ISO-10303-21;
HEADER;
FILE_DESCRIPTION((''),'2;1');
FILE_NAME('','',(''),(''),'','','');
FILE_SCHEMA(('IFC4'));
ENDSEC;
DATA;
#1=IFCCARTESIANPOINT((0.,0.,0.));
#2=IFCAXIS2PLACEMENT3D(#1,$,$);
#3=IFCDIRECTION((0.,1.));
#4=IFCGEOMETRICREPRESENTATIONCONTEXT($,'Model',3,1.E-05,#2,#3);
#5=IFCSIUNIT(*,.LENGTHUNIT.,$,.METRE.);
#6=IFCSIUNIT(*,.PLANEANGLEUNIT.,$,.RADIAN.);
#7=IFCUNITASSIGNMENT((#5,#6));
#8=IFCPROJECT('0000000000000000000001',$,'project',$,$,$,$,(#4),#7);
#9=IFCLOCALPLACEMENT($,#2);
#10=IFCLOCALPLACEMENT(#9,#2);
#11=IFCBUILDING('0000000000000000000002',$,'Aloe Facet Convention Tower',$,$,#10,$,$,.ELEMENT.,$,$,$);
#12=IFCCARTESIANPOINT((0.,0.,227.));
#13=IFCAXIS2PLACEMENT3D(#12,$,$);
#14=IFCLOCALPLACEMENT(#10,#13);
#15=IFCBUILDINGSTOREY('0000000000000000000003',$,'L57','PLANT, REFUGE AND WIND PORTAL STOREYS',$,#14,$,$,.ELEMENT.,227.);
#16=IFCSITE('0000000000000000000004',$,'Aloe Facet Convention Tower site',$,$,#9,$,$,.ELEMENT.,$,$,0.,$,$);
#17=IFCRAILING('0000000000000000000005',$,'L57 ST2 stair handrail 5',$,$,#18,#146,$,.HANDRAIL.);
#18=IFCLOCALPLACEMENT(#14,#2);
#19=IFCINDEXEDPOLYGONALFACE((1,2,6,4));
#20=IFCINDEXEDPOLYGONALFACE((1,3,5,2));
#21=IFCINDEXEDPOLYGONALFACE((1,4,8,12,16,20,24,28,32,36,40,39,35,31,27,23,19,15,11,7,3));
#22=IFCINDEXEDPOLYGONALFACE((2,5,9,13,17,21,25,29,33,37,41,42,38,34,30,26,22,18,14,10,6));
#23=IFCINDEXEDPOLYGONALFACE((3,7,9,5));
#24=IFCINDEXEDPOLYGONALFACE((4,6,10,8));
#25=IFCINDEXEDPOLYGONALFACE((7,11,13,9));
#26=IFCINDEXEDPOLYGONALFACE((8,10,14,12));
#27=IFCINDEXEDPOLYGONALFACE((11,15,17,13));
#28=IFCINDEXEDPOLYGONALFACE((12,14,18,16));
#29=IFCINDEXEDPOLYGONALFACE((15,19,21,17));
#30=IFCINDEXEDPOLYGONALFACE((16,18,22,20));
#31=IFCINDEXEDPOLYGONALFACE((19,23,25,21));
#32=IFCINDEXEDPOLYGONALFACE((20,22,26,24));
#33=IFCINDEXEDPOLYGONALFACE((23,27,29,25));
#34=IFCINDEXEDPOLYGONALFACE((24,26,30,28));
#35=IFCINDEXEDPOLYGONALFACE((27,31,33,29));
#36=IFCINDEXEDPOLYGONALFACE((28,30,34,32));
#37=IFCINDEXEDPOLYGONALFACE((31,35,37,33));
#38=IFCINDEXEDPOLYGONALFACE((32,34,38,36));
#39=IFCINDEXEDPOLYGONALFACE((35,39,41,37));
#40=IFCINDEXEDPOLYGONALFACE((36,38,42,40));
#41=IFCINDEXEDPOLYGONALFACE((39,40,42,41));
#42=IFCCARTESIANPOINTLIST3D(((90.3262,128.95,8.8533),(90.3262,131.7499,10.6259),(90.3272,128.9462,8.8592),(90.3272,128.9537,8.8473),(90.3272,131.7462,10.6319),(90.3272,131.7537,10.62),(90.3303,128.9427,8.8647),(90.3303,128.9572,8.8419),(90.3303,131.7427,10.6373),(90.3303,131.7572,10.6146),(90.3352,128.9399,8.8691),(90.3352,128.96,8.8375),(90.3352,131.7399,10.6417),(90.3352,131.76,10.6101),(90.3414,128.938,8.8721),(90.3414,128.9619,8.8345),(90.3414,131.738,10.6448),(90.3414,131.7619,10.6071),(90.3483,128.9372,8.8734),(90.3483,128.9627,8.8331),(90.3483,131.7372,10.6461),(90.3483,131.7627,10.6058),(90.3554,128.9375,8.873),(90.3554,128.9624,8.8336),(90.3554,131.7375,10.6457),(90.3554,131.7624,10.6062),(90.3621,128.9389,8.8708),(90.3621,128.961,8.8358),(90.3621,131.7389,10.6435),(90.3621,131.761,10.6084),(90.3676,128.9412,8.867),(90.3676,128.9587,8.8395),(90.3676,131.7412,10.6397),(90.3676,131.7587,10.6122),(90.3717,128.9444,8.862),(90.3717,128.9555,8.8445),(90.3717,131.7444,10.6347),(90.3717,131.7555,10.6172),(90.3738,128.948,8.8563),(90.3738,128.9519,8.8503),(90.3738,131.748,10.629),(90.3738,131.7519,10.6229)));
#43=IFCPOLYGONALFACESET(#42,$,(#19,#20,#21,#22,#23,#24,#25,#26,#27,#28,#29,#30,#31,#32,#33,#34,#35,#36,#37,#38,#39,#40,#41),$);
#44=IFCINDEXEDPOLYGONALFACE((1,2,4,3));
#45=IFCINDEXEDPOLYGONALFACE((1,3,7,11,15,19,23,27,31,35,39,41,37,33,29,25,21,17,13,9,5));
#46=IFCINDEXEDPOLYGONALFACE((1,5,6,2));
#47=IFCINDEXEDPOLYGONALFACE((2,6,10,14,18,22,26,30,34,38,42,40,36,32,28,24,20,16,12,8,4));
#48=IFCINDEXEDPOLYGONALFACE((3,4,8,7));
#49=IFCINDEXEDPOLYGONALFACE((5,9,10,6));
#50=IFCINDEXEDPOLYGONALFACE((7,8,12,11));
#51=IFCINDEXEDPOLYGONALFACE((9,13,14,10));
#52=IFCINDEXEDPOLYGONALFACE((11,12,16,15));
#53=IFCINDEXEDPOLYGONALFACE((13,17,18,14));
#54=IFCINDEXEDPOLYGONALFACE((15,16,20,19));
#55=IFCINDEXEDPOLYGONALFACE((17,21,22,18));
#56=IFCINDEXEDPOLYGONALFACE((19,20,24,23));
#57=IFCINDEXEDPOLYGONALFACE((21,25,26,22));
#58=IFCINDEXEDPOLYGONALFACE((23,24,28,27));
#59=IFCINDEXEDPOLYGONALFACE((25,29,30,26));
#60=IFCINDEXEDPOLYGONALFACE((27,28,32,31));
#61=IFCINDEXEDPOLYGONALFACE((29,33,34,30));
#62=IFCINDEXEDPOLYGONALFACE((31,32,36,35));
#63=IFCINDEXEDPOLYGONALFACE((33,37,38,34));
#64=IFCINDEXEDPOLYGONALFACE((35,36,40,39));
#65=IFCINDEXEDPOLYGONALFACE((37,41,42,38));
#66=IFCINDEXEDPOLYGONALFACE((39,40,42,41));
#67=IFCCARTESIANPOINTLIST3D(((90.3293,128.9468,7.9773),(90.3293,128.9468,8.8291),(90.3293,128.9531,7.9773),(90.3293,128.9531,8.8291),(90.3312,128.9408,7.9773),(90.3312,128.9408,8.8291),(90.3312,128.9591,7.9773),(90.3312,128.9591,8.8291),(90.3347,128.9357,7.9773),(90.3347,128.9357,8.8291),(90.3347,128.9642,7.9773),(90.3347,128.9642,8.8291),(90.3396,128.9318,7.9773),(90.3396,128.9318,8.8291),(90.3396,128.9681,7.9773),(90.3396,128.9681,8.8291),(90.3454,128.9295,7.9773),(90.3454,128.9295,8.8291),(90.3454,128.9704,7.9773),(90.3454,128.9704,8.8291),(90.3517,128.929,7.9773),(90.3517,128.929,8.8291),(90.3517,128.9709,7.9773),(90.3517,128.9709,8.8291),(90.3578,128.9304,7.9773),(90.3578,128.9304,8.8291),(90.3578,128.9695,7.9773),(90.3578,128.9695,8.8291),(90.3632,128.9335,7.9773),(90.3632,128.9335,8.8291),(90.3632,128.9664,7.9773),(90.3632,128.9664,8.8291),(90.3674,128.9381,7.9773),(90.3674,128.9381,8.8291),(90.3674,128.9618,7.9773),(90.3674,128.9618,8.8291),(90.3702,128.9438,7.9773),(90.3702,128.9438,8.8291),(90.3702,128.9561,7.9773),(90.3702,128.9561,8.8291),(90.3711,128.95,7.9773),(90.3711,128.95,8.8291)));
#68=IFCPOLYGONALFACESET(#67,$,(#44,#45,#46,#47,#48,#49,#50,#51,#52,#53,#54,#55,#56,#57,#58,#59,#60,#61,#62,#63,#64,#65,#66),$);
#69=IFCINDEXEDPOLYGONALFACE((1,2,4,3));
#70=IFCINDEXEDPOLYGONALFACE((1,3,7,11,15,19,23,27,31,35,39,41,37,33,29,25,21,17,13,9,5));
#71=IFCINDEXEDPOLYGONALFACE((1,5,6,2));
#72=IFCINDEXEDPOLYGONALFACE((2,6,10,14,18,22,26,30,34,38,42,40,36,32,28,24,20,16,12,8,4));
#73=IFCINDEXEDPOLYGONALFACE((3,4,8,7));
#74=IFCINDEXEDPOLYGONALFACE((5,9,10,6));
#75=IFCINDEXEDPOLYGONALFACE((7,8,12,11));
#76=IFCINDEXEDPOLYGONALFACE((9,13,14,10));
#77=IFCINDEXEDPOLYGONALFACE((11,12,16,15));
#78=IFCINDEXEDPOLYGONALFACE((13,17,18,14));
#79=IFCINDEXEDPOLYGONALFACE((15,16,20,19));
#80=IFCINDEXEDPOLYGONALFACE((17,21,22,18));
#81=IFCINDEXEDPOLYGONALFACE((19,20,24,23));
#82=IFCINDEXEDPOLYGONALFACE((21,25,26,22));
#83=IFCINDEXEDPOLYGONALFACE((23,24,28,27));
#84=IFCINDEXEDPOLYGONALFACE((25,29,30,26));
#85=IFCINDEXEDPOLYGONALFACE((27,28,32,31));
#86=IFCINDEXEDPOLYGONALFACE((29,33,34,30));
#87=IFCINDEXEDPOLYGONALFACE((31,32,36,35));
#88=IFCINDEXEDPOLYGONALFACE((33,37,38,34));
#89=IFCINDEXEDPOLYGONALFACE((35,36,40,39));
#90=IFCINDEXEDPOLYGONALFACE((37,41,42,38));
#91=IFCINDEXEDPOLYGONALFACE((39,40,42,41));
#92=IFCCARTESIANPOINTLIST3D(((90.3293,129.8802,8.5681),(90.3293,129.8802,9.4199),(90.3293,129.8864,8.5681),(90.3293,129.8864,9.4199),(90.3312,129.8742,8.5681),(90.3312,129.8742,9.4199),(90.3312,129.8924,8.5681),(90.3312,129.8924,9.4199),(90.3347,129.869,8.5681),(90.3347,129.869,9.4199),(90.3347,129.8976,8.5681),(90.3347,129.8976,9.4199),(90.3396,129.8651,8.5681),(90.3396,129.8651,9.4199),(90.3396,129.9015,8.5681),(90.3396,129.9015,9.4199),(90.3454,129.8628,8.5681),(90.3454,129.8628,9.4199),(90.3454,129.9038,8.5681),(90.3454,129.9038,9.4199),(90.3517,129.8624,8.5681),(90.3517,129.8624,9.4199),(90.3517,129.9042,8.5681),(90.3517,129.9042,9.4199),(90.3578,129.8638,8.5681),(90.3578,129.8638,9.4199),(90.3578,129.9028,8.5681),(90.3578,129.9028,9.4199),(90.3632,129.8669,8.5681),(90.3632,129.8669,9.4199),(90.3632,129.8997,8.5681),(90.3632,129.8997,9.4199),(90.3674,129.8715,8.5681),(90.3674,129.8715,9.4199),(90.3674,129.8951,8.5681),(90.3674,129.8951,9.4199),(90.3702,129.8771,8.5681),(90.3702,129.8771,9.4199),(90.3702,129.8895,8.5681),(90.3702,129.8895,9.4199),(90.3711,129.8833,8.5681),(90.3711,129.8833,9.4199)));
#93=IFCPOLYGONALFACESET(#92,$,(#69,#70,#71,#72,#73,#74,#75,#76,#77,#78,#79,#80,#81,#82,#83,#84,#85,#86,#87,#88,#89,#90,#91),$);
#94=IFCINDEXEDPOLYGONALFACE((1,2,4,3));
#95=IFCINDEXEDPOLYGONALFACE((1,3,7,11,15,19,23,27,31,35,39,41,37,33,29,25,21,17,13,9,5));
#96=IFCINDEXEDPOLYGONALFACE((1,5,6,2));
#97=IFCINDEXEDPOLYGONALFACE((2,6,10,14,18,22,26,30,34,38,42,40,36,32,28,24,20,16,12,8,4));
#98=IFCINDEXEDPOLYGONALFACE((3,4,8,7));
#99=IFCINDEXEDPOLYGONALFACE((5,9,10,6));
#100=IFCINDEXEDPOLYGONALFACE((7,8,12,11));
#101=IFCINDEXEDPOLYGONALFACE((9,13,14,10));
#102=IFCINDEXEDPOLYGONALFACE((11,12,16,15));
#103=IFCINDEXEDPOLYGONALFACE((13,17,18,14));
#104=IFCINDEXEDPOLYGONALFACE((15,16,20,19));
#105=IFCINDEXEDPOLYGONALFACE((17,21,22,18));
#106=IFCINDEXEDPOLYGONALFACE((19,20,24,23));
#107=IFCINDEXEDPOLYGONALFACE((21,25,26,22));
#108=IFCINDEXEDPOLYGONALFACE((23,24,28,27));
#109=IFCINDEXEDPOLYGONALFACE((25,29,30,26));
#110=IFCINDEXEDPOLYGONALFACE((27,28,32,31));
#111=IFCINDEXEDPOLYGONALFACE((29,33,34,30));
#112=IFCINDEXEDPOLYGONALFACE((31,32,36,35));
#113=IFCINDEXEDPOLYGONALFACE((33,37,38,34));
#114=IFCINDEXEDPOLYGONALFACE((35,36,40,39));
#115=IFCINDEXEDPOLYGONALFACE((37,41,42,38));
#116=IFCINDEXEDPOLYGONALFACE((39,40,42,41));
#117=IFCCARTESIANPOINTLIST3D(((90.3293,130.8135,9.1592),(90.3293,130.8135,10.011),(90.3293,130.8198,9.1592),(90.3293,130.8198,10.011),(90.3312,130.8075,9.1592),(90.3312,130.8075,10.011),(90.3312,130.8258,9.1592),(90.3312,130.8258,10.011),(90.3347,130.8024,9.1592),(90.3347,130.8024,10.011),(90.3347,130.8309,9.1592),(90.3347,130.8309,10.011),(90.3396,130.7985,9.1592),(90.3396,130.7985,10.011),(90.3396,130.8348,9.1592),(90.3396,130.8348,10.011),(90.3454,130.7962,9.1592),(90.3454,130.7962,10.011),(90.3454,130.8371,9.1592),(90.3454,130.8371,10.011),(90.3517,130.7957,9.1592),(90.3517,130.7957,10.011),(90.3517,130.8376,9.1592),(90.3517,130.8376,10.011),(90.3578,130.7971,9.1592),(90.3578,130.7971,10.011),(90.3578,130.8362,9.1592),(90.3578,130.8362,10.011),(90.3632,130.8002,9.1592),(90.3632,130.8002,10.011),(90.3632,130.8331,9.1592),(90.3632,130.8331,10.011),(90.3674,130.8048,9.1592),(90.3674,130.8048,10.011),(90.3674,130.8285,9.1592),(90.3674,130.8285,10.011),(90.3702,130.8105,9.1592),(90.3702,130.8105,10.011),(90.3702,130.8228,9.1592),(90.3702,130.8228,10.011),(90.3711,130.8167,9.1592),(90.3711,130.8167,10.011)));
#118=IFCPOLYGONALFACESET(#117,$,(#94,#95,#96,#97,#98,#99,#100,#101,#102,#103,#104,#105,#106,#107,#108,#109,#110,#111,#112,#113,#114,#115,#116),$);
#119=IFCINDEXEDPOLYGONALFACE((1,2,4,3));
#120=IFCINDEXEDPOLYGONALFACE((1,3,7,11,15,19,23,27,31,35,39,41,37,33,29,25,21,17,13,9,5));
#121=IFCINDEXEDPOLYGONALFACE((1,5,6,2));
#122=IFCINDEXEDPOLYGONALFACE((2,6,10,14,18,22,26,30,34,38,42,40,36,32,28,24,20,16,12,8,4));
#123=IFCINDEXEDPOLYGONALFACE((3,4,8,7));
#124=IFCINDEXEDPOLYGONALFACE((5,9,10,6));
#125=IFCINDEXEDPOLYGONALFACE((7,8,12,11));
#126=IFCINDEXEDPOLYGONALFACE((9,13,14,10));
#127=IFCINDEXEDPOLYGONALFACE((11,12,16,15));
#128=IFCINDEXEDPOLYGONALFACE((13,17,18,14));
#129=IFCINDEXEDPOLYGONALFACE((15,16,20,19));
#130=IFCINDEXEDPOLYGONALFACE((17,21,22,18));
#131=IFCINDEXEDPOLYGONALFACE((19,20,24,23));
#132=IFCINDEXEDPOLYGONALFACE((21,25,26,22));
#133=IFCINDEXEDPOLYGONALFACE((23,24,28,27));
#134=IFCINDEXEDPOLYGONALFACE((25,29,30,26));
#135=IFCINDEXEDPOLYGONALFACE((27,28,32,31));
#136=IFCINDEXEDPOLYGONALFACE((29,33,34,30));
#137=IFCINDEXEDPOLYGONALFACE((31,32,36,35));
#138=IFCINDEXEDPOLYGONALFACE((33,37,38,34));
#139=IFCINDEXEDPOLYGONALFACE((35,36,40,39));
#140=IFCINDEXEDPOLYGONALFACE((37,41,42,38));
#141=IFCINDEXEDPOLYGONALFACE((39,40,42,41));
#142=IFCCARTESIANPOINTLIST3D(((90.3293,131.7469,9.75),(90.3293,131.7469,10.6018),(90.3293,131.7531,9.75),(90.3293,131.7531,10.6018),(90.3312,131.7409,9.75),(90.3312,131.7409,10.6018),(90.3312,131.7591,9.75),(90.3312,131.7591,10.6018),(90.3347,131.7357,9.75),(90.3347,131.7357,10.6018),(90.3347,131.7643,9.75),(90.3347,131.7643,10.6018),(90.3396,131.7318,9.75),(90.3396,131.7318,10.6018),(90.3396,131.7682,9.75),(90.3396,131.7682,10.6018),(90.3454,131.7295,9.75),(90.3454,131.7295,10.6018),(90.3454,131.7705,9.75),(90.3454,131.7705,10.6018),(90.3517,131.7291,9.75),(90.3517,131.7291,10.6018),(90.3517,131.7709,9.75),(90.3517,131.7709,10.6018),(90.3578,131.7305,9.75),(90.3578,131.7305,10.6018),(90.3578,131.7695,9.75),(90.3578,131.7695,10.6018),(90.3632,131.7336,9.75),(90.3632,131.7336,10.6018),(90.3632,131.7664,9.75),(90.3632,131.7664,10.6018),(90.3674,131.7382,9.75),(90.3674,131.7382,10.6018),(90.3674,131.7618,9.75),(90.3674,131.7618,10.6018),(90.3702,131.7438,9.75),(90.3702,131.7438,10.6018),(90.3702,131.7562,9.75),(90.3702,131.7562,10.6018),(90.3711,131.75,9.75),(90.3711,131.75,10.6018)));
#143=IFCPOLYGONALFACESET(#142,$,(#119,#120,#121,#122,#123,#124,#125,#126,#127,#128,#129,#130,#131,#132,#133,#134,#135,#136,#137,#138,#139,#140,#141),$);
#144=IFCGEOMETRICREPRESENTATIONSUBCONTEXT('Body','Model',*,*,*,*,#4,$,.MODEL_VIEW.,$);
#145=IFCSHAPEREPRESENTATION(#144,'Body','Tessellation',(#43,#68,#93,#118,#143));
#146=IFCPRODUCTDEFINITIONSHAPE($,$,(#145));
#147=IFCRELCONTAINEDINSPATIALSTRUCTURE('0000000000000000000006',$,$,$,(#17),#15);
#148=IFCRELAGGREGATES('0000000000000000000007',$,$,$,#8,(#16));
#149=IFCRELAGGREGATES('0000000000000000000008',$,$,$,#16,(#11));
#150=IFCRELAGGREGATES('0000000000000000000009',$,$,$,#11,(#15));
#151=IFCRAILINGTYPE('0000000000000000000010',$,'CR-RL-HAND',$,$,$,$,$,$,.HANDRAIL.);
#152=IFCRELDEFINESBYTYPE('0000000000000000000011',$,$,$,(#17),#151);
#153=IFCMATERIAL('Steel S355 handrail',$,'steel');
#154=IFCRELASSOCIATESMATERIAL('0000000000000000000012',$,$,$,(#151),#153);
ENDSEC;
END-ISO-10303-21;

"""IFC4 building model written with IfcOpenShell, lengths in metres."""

from ifc_helpers import new_model, si_unit, direction, frame, origin, origin_2d, place, context, subcontext, project, spatial, circle, extrude, material, type_object, element, save


model = new_model("IFC4")

# Units and contexts
model_context = context("Model", 3, precision=1e-05, world=origin(), true_north=direction((0.0, 1.0)))
body_context = subcontext(model_context, "Body", "Model", "MODEL_VIEW")
ifc_project = project(units=[si_unit("LENGTHUNIT", "METRE"), si_unit("PLANEANGLEUNIT", "RADIAN")], contexts=[model_context])

# Site, building, storey
site_placement = place(None, origin())
site = spatial("IfcSite", under=ifc_project, at=site_placement, Name="Aloe Facet Convention Tower site", CompositionType="ELEMENT", RefElevation=0.0)
building_placement = place(site_placement, origin())
building = spatial("IfcBuilding", under=site, at=building_placement, Name="Aloe Facet Convention Tower", CompositionType="ELEMENT")
storey_placement = place(building_placement, frame((0.0, 0.0, 227.0)))
storey = spatial("IfcBuildingStorey", under=building, at=storey_placement, Name="L57", Description="PLANT, REFUGE AND WIND PORTAL STOREYS", CompositionType="ELEMENT", Elevation=227.0)

# Railing
ifc_material_1 = material(Name="Steel S355 handrail", Category="steel")
railing_type_1 = type_object("IfcRailingType", Name="CR-RL-HAND", PredefinedType="HANDRAIL", material=ifc_material_1)
for number, where, name in (
    (1, (90.3501, 128.95, 7.9773), "L57 ST2 stair handrail 5"),
):
    element("IfcRailing", number, at=place(storey_placement, frame(where)), inside=storey, type_object=railing_type_1, Name=name, PredefinedType="HANDRAIL", context=body_context, shape_type="SweptSolid", body=[
        extrude(circle(Radius=0.0239, at=origin_2d()), frame((0.0, 0.0, 0.876), z_axis=(0.0, 0.844909, 0.53491), x_axis=(-1.0, 0.0, 0.0)), (0.0, 0.0, 1.0), 3.314),
        extrude(circle(Radius=0.021, at=origin_2d()), origin(), (0.0, 0.0, 1.0), 0.8518),
        extrude(circle(Radius=0.021, at=origin_2d()), frame((0.0, 0.9333, 0.5908)), (0.0, 0.0, 1.0), 0.8518),
        extrude(circle(Radius=0.021, at=origin_2d()), frame((0.0, 1.8667, 1.1819)), (0.0, 0.0, 1.0), 0.8518),
        extrude(circle(Radius=0.021, at=origin_2d()), frame((0.0, 2.8, 1.7727)), (0.0, 0.0, 1.0), 0.8518),
    ])

save(model, "model.ifc")
